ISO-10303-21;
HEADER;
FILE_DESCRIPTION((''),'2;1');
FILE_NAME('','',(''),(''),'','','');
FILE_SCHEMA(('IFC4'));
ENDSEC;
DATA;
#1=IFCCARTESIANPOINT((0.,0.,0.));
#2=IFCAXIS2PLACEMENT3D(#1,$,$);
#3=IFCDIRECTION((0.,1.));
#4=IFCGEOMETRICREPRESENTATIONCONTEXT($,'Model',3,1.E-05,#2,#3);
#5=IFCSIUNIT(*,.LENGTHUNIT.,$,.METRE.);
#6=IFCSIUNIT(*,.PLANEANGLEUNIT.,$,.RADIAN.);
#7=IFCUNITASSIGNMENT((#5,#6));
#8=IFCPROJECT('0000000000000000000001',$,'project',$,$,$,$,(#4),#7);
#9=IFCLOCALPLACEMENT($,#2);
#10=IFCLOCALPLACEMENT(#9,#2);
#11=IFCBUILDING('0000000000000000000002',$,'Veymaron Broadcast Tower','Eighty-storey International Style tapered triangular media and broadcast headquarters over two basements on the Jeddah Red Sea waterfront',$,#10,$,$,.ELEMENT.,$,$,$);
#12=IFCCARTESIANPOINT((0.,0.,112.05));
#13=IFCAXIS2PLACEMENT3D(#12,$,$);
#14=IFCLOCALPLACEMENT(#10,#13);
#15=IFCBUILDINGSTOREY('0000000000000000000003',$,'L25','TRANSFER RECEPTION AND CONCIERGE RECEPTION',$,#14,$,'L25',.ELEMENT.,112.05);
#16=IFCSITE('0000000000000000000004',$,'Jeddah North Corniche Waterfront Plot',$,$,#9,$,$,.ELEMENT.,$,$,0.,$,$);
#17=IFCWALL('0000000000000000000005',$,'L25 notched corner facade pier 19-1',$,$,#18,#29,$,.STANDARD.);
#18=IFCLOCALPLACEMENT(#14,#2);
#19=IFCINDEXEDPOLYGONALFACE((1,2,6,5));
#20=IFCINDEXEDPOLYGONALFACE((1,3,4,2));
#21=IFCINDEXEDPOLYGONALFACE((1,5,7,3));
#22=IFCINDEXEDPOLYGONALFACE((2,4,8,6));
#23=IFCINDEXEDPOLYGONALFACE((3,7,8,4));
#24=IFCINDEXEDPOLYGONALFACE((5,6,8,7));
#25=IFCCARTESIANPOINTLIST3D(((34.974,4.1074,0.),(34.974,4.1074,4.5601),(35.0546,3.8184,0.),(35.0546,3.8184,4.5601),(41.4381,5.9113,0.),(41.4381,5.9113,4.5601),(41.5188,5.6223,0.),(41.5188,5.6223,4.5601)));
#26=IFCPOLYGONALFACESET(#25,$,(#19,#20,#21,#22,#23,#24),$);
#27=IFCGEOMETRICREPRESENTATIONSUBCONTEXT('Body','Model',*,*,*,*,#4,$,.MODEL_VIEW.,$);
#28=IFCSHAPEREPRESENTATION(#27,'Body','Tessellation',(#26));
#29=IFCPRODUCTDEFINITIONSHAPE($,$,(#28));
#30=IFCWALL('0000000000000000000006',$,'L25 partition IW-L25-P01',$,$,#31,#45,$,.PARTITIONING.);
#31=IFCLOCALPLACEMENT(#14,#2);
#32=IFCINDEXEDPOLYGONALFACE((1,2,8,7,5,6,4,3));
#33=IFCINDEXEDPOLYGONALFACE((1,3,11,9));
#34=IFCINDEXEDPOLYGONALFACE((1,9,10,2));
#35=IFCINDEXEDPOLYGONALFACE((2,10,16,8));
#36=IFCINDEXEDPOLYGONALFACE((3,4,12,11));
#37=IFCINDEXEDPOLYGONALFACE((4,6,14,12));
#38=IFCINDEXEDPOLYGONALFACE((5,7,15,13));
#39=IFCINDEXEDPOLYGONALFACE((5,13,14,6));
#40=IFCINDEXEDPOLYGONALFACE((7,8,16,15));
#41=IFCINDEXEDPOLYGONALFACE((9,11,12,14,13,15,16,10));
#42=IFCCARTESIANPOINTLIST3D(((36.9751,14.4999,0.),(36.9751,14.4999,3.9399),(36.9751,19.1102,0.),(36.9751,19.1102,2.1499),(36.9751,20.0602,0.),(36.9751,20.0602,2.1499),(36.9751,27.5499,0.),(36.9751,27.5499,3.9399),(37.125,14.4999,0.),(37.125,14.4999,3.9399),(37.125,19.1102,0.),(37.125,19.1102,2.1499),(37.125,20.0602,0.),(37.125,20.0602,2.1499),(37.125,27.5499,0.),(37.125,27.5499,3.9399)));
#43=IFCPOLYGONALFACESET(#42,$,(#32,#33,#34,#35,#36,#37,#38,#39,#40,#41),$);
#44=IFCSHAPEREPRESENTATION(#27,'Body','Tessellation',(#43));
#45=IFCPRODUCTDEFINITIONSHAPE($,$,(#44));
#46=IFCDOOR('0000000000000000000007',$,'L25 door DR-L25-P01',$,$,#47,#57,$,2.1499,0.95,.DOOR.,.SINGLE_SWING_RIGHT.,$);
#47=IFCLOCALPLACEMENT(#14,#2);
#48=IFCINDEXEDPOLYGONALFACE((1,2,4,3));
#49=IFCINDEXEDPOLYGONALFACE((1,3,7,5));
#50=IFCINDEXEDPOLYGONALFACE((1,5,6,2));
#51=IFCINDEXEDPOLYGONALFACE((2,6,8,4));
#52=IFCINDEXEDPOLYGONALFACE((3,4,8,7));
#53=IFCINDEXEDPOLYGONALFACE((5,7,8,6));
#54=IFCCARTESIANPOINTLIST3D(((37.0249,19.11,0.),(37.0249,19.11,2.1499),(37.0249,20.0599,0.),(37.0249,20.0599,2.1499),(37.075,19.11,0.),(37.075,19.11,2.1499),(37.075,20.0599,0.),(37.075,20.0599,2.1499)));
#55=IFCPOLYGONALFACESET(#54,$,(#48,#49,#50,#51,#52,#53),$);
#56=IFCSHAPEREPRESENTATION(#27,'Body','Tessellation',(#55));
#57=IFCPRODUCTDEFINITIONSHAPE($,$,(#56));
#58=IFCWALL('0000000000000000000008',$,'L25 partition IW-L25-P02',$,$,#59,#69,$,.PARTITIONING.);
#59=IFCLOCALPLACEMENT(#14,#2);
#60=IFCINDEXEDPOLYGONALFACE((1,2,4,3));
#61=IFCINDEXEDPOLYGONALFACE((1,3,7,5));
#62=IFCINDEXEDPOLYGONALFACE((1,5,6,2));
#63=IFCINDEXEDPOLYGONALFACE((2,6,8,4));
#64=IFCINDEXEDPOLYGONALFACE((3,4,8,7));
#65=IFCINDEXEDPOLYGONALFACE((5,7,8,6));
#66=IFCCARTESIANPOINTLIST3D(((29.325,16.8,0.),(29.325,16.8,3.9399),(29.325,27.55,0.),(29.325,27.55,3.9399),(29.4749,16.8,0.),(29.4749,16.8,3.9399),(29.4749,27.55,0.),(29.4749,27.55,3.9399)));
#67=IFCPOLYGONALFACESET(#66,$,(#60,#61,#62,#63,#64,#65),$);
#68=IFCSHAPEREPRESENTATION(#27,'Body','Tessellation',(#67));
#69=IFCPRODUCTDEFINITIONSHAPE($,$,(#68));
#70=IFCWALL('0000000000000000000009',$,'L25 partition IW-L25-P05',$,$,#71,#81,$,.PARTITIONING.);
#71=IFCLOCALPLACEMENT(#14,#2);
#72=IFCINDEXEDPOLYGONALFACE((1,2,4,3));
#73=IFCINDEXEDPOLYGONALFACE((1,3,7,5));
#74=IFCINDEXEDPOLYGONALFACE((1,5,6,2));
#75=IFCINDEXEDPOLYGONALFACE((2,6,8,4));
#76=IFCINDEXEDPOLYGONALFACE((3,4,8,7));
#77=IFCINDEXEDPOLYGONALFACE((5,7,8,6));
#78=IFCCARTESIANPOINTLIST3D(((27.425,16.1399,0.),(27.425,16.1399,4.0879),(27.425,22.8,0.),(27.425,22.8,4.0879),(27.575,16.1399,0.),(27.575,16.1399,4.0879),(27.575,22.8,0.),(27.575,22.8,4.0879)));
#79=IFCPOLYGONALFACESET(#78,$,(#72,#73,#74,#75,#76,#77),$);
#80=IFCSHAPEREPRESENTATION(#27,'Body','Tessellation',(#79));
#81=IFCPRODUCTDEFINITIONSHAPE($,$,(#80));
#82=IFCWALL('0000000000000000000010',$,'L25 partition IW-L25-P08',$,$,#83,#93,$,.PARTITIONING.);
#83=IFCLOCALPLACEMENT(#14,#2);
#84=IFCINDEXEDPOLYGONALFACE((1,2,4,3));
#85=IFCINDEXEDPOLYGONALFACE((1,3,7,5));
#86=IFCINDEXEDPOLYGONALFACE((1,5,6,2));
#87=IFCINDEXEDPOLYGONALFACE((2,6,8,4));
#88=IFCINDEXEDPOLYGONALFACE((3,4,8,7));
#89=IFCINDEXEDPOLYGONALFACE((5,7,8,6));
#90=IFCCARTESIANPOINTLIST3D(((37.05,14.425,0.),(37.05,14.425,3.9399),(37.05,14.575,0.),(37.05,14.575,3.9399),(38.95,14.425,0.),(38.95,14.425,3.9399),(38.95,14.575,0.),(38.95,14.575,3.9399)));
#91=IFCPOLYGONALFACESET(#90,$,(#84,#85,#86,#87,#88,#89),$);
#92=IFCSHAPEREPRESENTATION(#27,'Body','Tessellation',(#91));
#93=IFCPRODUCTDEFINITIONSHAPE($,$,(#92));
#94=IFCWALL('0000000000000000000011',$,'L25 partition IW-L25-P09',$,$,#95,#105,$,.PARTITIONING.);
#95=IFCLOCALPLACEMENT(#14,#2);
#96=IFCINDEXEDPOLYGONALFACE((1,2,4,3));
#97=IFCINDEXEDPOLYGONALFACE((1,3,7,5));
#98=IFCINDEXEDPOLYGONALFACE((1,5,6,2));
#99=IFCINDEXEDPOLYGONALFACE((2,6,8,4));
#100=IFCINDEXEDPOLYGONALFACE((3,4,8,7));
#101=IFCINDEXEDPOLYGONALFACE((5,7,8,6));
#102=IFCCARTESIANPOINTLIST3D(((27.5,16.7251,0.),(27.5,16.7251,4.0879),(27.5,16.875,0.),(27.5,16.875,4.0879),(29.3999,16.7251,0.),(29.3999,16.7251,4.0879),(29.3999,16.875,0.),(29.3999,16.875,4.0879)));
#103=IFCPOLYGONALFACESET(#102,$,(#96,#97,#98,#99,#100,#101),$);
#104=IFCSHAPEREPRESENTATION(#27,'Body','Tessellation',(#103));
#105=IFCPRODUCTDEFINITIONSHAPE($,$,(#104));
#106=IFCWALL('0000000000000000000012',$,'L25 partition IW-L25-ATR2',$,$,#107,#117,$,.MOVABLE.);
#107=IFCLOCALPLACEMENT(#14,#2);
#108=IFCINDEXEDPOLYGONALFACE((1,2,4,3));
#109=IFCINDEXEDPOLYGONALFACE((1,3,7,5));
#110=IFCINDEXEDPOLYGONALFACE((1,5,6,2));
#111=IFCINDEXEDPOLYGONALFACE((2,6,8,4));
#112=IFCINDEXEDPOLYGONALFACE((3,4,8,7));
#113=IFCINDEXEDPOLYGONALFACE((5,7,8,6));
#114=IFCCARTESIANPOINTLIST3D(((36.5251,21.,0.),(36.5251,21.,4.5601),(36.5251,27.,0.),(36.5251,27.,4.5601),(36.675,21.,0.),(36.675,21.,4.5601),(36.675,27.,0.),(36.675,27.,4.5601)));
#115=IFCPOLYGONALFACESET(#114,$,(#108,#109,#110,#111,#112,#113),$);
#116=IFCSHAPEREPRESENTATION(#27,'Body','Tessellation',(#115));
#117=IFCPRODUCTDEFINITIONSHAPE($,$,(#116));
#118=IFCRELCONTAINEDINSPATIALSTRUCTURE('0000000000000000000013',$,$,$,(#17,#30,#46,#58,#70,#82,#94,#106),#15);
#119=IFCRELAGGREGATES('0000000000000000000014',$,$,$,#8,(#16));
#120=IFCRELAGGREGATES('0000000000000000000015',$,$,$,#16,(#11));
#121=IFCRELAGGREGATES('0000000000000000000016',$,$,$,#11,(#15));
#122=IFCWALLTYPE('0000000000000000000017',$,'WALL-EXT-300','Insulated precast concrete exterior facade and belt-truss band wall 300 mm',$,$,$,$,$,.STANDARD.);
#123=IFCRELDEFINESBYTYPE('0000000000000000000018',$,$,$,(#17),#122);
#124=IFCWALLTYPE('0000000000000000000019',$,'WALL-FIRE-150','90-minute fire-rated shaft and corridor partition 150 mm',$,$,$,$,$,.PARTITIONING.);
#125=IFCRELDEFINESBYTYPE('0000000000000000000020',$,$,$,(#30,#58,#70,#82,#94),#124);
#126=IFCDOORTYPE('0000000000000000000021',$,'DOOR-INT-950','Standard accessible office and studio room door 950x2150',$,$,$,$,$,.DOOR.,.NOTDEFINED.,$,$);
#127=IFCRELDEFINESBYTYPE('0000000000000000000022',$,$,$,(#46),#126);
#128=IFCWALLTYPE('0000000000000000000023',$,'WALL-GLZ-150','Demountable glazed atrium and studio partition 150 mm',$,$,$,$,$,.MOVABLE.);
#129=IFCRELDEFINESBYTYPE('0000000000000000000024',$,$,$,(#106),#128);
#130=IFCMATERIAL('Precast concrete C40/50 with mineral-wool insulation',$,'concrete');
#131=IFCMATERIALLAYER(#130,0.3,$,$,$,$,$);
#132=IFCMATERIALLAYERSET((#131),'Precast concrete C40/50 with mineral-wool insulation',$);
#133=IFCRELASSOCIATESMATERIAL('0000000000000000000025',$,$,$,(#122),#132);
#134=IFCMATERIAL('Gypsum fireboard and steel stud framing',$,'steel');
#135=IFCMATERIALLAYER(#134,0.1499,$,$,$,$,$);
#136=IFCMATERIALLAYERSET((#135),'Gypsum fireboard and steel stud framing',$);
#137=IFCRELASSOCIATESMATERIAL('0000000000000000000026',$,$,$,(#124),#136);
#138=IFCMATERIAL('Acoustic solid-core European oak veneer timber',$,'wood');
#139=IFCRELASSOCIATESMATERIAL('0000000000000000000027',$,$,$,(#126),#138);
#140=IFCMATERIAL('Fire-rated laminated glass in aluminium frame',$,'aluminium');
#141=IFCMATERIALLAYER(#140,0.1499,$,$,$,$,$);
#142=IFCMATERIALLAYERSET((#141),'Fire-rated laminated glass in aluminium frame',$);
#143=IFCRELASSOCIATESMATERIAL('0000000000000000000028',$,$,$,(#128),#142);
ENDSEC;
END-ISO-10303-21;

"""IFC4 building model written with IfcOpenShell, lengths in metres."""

from ifc_helpers import new_model, si_unit, direction, frame, frame_2d, origin, place, context, subcontext, project, spatial, rectangle, extrude, material, layer, layer_set, type_object, element, fill, save


model = new_model("IFC4")

# Units and contexts
model_context = context("Model", 3, precision=1e-05, world=origin(), true_north=direction((0.0, 1.0)))
body_context = subcontext(model_context, "Body", "Model", "MODEL_VIEW")
ifc_project = project(units=[si_unit("LENGTHUNIT", "METRE"), si_unit("PLANEANGLEUNIT", "RADIAN")], contexts=[model_context])

# Site, building, storey
site_placement = place(None, origin())
site = spatial("IfcSite", under=ifc_project, at=site_placement, Name="Jeddah North Corniche Waterfront Plot", CompositionType="ELEMENT", RefElevation=0.0)
building_placement = place(site_placement, origin())
building = spatial("IfcBuilding", under=site, at=building_placement, Name="Veymaron Broadcast Tower", Description="Eighty-storey International Style tapered triangular media and broadcast headquarters over two basements on the Jeddah Red Sea waterfront", CompositionType="ELEMENT")
storey_placement = place(building_placement, frame((0.0, 0.0, 112.05)))
storey = spatial("IfcBuildingStorey", under=building, at=storey_placement, Name="L25", Description="TRANSFER RECEPTION AND CONCIERGE RECEPTION", LongName="L25", CompositionType="ELEMENT", Elevation=112.05)

# Wall
ifc_material_1 = material(Name="Precast concrete C40/50 with mineral-wool insulation", Category="concrete")
ifc_layer_1 = layer(ifc_material_1, 0.3)
ifc_layer_set_1 = layer_set([ifc_layer_1], Name="Precast concrete C40/50 with mineral-wool insulation")
wall_type_1 = type_object("IfcWallType", Name="WALL-EXT-300", Description="Insulated precast concrete exterior facade and belt-truss band wall 300 mm", PredefinedType="STANDARD", material=ifc_layer_set_1)
wall_1_placement = place(storey_placement, frame((35.0144, 3.9629, 0.0), z_axis=(0.0, 0.0, 1.0), x_axis=(0.963196, 0.268801, 0.0)))
element("IfcWall", 1, at=wall_1_placement, inside=storey, type_object=wall_type_1, Name="L25 notched corner facade pier 19-1", PredefinedType="STANDARD", context=body_context, shape_type="SweptSolid", body=[
    extrude(rectangle(XDim=6.7112, YDim=0.3, at=frame_2d((3.3555, 0.0))), origin(), (0.0, 0.0, 1.0), 4.5601),
])

# Wall, opening, door
ifc_material_2 = material(Name="Gypsum fireboard and steel stud framing", Category="steel")
ifc_layer_2 = layer(ifc_material_2, 0.1499)
ifc_layer_set_2 = layer_set([ifc_layer_2], Name="Gypsum fireboard and steel stud framing")
wall_type_2 = type_object("IfcWallType", Name="WALL-FIRE-150", Description="90-minute fire-rated shaft and corridor partition 150 mm", PredefinedType="PARTITIONING", material=ifc_layer_set_2)
wall_2_placement = place(storey_placement, frame((37.05, 14.5, 0.0), z_axis=(0.0, 0.0, 1.0), x_axis=(0.0, 1.0, 0.0)))
wall_2 = element("IfcWall", 2, at=wall_2_placement, inside=storey, type_object=wall_type_2, Name="L25 partition IW-L25-P01", PredefinedType="PARTITIONING", context=body_context, shape_type="SweptSolid", body=[
    extrude(rectangle(XDim=13.05, YDim=0.1499, at=frame_2d((6.5249, 0.0))), origin(), (0.0, 0.0, 1.0), 3.9399),
])
opening_placement = place(wall_2_placement, frame((4.6101, 0.0, 0.0)))
opening = element("IfcOpeningElement", 3, at=opening_placement, cuts=wall_2, PredefinedType="OPENING", context=body_context, shape_type="SweptSolid", body=[
    extrude(rectangle(XDim=0.95, YDim=2.1499, at=frame_2d((0.4751, 1.075))), frame((0.0, 0.085, 0.0), z_axis=(0.0, -1.0, 0.0), x_axis=(1.0, 0.0, 0.0)), (0.0, 0.0, 1.0), 0.1699),
])
ifc_material_3 = material(Name="Acoustic solid-core European oak veneer timber", Category="wood")
door_type = type_object("IfcDoorType", Name="DOOR-INT-950", Description="Standard accessible office and studio room door 950x2150", OperationType="NOTDEFINED", PredefinedType="DOOR", material=ifc_material_3)
door_placement = place(opening_placement, frame((0.95, 0.0, 0.0), z_axis=(0.0, 0.0, 1.0), x_axis=(-1.0, 0.0, 0.0)))
door = element("IfcDoor", 4, at=door_placement, inside=storey, type_object=door_type, Name="L25 door DR-L25-P01", OperationType="SINGLE_SWING_RIGHT", OverallHeight=2.1499, OverallWidth=0.95, PredefinedType="DOOR", context=body_context, shape_type="SweptSolid", body=[
    extrude(rectangle(XDim=0.95, YDim=2.1499, at=frame_2d((0.4751, 1.075))), frame((0.0, 0.0249, 0.0), z_axis=(0.0, -1.0, 0.0), x_axis=(1.0, 0.0, 0.0)), (0.0, 0.0, 1.0), 0.05),
])
fill(opening, door)

# Walls
wall_3_placement = place(storey_placement, frame((29.3999, 16.8, 0.0), z_axis=(0.0, 0.0, 1.0), x_axis=(0.0, 1.0, 0.0)))
element("IfcWall", 5, at=wall_3_placement, inside=storey, type_object=wall_type_2, Name="L25 partition IW-L25-P02", PredefinedType="PARTITIONING", context=body_context, shape_type="SweptSolid", body=[
    extrude(rectangle(XDim=10.75, YDim=0.1499, at=frame_2d((5.375, 0.0))), origin(), (0.0, 0.0, 1.0), 3.9399),
])
wall_4_placement = place(storey_placement, frame((27.5, 16.1399, 0.0), z_axis=(0.0, 0.0, 1.0), x_axis=(0.0, 1.0, 0.0)))
element("IfcWall", 6, at=wall_4_placement, inside=storey, type_object=wall_type_2, Name="L25 partition IW-L25-P05", PredefinedType="PARTITIONING", context=body_context, shape_type="SweptSolid", body=[
    extrude(rectangle(XDim=6.6602, YDim=0.1499, at=frame_2d((3.3301, 0.0))), origin(), (0.0, 0.0, 1.0), 4.0879),
])
wall_5_placement = place(storey_placement, frame((37.05, 14.5, 0.0), z_axis=(0.0, 0.0, 1.0), x_axis=(1.0, 0.0, 0.0)))
element("IfcWall", 7, at=wall_5_placement, inside=storey, type_object=wall_type_2, Name="L25 partition IW-L25-P08", PredefinedType="PARTITIONING", context=body_context, shape_type="SweptSolid", body=[
    extrude(rectangle(XDim=1.8999, YDim=0.1499, at=frame_2d((0.95, 0.0))), origin(), (0.0, 0.0, 1.0), 3.9399),
])
wall_6_placement = place(storey_placement, frame((27.5, 16.8, 0.0), z_axis=(0.0, 0.0, 1.0), x_axis=(1.0, 0.0, 0.0)))
element("IfcWall", 8, at=wall_6_placement, inside=storey, type_object=wall_type_2, Name="L25 partition IW-L25-P09", PredefinedType="PARTITIONING", context=body_context, shape_type="SweptSolid", body=[
    extrude(rectangle(XDim=1.8999, YDim=0.1499, at=frame_2d((0.95, 0.0))), origin(), (0.0, 0.0, 1.0), 4.0879),
])
ifc_material_4 = material(Name="Fire-rated laminated glass in aluminium frame", Category="aluminium")
ifc_layer_3 = layer(ifc_material_4, 0.1499)
ifc_layer_set_3 = layer_set([ifc_layer_3], Name="Fire-rated laminated glass in aluminium frame")
wall_type_3 = type_object("IfcWallType", Name="WALL-GLZ-150", Description="Demountable glazed atrium and studio partition 150 mm", PredefinedType="MOVABLE", material=ifc_layer_set_3)
wall_7_placement = place(storey_placement, frame((36.6001, 21.0, 0.0), z_axis=(0.0, 0.0, 1.0), x_axis=(0.0, 1.0, 0.0)))
element("IfcWall", 9, at=wall_7_placement, inside=storey, type_object=wall_type_3, Name="L25 partition IW-L25-ATR2", PredefinedType="MOVABLE", context=body_context, shape_type="SweptSolid", body=[
    extrude(rectangle(XDim=6.0, YDim=0.1499, at=frame_2d((3.0, 0.0))), origin(), (0.0, 0.0, 1.0), 4.5601),
])

save(model, "model.ifc")
